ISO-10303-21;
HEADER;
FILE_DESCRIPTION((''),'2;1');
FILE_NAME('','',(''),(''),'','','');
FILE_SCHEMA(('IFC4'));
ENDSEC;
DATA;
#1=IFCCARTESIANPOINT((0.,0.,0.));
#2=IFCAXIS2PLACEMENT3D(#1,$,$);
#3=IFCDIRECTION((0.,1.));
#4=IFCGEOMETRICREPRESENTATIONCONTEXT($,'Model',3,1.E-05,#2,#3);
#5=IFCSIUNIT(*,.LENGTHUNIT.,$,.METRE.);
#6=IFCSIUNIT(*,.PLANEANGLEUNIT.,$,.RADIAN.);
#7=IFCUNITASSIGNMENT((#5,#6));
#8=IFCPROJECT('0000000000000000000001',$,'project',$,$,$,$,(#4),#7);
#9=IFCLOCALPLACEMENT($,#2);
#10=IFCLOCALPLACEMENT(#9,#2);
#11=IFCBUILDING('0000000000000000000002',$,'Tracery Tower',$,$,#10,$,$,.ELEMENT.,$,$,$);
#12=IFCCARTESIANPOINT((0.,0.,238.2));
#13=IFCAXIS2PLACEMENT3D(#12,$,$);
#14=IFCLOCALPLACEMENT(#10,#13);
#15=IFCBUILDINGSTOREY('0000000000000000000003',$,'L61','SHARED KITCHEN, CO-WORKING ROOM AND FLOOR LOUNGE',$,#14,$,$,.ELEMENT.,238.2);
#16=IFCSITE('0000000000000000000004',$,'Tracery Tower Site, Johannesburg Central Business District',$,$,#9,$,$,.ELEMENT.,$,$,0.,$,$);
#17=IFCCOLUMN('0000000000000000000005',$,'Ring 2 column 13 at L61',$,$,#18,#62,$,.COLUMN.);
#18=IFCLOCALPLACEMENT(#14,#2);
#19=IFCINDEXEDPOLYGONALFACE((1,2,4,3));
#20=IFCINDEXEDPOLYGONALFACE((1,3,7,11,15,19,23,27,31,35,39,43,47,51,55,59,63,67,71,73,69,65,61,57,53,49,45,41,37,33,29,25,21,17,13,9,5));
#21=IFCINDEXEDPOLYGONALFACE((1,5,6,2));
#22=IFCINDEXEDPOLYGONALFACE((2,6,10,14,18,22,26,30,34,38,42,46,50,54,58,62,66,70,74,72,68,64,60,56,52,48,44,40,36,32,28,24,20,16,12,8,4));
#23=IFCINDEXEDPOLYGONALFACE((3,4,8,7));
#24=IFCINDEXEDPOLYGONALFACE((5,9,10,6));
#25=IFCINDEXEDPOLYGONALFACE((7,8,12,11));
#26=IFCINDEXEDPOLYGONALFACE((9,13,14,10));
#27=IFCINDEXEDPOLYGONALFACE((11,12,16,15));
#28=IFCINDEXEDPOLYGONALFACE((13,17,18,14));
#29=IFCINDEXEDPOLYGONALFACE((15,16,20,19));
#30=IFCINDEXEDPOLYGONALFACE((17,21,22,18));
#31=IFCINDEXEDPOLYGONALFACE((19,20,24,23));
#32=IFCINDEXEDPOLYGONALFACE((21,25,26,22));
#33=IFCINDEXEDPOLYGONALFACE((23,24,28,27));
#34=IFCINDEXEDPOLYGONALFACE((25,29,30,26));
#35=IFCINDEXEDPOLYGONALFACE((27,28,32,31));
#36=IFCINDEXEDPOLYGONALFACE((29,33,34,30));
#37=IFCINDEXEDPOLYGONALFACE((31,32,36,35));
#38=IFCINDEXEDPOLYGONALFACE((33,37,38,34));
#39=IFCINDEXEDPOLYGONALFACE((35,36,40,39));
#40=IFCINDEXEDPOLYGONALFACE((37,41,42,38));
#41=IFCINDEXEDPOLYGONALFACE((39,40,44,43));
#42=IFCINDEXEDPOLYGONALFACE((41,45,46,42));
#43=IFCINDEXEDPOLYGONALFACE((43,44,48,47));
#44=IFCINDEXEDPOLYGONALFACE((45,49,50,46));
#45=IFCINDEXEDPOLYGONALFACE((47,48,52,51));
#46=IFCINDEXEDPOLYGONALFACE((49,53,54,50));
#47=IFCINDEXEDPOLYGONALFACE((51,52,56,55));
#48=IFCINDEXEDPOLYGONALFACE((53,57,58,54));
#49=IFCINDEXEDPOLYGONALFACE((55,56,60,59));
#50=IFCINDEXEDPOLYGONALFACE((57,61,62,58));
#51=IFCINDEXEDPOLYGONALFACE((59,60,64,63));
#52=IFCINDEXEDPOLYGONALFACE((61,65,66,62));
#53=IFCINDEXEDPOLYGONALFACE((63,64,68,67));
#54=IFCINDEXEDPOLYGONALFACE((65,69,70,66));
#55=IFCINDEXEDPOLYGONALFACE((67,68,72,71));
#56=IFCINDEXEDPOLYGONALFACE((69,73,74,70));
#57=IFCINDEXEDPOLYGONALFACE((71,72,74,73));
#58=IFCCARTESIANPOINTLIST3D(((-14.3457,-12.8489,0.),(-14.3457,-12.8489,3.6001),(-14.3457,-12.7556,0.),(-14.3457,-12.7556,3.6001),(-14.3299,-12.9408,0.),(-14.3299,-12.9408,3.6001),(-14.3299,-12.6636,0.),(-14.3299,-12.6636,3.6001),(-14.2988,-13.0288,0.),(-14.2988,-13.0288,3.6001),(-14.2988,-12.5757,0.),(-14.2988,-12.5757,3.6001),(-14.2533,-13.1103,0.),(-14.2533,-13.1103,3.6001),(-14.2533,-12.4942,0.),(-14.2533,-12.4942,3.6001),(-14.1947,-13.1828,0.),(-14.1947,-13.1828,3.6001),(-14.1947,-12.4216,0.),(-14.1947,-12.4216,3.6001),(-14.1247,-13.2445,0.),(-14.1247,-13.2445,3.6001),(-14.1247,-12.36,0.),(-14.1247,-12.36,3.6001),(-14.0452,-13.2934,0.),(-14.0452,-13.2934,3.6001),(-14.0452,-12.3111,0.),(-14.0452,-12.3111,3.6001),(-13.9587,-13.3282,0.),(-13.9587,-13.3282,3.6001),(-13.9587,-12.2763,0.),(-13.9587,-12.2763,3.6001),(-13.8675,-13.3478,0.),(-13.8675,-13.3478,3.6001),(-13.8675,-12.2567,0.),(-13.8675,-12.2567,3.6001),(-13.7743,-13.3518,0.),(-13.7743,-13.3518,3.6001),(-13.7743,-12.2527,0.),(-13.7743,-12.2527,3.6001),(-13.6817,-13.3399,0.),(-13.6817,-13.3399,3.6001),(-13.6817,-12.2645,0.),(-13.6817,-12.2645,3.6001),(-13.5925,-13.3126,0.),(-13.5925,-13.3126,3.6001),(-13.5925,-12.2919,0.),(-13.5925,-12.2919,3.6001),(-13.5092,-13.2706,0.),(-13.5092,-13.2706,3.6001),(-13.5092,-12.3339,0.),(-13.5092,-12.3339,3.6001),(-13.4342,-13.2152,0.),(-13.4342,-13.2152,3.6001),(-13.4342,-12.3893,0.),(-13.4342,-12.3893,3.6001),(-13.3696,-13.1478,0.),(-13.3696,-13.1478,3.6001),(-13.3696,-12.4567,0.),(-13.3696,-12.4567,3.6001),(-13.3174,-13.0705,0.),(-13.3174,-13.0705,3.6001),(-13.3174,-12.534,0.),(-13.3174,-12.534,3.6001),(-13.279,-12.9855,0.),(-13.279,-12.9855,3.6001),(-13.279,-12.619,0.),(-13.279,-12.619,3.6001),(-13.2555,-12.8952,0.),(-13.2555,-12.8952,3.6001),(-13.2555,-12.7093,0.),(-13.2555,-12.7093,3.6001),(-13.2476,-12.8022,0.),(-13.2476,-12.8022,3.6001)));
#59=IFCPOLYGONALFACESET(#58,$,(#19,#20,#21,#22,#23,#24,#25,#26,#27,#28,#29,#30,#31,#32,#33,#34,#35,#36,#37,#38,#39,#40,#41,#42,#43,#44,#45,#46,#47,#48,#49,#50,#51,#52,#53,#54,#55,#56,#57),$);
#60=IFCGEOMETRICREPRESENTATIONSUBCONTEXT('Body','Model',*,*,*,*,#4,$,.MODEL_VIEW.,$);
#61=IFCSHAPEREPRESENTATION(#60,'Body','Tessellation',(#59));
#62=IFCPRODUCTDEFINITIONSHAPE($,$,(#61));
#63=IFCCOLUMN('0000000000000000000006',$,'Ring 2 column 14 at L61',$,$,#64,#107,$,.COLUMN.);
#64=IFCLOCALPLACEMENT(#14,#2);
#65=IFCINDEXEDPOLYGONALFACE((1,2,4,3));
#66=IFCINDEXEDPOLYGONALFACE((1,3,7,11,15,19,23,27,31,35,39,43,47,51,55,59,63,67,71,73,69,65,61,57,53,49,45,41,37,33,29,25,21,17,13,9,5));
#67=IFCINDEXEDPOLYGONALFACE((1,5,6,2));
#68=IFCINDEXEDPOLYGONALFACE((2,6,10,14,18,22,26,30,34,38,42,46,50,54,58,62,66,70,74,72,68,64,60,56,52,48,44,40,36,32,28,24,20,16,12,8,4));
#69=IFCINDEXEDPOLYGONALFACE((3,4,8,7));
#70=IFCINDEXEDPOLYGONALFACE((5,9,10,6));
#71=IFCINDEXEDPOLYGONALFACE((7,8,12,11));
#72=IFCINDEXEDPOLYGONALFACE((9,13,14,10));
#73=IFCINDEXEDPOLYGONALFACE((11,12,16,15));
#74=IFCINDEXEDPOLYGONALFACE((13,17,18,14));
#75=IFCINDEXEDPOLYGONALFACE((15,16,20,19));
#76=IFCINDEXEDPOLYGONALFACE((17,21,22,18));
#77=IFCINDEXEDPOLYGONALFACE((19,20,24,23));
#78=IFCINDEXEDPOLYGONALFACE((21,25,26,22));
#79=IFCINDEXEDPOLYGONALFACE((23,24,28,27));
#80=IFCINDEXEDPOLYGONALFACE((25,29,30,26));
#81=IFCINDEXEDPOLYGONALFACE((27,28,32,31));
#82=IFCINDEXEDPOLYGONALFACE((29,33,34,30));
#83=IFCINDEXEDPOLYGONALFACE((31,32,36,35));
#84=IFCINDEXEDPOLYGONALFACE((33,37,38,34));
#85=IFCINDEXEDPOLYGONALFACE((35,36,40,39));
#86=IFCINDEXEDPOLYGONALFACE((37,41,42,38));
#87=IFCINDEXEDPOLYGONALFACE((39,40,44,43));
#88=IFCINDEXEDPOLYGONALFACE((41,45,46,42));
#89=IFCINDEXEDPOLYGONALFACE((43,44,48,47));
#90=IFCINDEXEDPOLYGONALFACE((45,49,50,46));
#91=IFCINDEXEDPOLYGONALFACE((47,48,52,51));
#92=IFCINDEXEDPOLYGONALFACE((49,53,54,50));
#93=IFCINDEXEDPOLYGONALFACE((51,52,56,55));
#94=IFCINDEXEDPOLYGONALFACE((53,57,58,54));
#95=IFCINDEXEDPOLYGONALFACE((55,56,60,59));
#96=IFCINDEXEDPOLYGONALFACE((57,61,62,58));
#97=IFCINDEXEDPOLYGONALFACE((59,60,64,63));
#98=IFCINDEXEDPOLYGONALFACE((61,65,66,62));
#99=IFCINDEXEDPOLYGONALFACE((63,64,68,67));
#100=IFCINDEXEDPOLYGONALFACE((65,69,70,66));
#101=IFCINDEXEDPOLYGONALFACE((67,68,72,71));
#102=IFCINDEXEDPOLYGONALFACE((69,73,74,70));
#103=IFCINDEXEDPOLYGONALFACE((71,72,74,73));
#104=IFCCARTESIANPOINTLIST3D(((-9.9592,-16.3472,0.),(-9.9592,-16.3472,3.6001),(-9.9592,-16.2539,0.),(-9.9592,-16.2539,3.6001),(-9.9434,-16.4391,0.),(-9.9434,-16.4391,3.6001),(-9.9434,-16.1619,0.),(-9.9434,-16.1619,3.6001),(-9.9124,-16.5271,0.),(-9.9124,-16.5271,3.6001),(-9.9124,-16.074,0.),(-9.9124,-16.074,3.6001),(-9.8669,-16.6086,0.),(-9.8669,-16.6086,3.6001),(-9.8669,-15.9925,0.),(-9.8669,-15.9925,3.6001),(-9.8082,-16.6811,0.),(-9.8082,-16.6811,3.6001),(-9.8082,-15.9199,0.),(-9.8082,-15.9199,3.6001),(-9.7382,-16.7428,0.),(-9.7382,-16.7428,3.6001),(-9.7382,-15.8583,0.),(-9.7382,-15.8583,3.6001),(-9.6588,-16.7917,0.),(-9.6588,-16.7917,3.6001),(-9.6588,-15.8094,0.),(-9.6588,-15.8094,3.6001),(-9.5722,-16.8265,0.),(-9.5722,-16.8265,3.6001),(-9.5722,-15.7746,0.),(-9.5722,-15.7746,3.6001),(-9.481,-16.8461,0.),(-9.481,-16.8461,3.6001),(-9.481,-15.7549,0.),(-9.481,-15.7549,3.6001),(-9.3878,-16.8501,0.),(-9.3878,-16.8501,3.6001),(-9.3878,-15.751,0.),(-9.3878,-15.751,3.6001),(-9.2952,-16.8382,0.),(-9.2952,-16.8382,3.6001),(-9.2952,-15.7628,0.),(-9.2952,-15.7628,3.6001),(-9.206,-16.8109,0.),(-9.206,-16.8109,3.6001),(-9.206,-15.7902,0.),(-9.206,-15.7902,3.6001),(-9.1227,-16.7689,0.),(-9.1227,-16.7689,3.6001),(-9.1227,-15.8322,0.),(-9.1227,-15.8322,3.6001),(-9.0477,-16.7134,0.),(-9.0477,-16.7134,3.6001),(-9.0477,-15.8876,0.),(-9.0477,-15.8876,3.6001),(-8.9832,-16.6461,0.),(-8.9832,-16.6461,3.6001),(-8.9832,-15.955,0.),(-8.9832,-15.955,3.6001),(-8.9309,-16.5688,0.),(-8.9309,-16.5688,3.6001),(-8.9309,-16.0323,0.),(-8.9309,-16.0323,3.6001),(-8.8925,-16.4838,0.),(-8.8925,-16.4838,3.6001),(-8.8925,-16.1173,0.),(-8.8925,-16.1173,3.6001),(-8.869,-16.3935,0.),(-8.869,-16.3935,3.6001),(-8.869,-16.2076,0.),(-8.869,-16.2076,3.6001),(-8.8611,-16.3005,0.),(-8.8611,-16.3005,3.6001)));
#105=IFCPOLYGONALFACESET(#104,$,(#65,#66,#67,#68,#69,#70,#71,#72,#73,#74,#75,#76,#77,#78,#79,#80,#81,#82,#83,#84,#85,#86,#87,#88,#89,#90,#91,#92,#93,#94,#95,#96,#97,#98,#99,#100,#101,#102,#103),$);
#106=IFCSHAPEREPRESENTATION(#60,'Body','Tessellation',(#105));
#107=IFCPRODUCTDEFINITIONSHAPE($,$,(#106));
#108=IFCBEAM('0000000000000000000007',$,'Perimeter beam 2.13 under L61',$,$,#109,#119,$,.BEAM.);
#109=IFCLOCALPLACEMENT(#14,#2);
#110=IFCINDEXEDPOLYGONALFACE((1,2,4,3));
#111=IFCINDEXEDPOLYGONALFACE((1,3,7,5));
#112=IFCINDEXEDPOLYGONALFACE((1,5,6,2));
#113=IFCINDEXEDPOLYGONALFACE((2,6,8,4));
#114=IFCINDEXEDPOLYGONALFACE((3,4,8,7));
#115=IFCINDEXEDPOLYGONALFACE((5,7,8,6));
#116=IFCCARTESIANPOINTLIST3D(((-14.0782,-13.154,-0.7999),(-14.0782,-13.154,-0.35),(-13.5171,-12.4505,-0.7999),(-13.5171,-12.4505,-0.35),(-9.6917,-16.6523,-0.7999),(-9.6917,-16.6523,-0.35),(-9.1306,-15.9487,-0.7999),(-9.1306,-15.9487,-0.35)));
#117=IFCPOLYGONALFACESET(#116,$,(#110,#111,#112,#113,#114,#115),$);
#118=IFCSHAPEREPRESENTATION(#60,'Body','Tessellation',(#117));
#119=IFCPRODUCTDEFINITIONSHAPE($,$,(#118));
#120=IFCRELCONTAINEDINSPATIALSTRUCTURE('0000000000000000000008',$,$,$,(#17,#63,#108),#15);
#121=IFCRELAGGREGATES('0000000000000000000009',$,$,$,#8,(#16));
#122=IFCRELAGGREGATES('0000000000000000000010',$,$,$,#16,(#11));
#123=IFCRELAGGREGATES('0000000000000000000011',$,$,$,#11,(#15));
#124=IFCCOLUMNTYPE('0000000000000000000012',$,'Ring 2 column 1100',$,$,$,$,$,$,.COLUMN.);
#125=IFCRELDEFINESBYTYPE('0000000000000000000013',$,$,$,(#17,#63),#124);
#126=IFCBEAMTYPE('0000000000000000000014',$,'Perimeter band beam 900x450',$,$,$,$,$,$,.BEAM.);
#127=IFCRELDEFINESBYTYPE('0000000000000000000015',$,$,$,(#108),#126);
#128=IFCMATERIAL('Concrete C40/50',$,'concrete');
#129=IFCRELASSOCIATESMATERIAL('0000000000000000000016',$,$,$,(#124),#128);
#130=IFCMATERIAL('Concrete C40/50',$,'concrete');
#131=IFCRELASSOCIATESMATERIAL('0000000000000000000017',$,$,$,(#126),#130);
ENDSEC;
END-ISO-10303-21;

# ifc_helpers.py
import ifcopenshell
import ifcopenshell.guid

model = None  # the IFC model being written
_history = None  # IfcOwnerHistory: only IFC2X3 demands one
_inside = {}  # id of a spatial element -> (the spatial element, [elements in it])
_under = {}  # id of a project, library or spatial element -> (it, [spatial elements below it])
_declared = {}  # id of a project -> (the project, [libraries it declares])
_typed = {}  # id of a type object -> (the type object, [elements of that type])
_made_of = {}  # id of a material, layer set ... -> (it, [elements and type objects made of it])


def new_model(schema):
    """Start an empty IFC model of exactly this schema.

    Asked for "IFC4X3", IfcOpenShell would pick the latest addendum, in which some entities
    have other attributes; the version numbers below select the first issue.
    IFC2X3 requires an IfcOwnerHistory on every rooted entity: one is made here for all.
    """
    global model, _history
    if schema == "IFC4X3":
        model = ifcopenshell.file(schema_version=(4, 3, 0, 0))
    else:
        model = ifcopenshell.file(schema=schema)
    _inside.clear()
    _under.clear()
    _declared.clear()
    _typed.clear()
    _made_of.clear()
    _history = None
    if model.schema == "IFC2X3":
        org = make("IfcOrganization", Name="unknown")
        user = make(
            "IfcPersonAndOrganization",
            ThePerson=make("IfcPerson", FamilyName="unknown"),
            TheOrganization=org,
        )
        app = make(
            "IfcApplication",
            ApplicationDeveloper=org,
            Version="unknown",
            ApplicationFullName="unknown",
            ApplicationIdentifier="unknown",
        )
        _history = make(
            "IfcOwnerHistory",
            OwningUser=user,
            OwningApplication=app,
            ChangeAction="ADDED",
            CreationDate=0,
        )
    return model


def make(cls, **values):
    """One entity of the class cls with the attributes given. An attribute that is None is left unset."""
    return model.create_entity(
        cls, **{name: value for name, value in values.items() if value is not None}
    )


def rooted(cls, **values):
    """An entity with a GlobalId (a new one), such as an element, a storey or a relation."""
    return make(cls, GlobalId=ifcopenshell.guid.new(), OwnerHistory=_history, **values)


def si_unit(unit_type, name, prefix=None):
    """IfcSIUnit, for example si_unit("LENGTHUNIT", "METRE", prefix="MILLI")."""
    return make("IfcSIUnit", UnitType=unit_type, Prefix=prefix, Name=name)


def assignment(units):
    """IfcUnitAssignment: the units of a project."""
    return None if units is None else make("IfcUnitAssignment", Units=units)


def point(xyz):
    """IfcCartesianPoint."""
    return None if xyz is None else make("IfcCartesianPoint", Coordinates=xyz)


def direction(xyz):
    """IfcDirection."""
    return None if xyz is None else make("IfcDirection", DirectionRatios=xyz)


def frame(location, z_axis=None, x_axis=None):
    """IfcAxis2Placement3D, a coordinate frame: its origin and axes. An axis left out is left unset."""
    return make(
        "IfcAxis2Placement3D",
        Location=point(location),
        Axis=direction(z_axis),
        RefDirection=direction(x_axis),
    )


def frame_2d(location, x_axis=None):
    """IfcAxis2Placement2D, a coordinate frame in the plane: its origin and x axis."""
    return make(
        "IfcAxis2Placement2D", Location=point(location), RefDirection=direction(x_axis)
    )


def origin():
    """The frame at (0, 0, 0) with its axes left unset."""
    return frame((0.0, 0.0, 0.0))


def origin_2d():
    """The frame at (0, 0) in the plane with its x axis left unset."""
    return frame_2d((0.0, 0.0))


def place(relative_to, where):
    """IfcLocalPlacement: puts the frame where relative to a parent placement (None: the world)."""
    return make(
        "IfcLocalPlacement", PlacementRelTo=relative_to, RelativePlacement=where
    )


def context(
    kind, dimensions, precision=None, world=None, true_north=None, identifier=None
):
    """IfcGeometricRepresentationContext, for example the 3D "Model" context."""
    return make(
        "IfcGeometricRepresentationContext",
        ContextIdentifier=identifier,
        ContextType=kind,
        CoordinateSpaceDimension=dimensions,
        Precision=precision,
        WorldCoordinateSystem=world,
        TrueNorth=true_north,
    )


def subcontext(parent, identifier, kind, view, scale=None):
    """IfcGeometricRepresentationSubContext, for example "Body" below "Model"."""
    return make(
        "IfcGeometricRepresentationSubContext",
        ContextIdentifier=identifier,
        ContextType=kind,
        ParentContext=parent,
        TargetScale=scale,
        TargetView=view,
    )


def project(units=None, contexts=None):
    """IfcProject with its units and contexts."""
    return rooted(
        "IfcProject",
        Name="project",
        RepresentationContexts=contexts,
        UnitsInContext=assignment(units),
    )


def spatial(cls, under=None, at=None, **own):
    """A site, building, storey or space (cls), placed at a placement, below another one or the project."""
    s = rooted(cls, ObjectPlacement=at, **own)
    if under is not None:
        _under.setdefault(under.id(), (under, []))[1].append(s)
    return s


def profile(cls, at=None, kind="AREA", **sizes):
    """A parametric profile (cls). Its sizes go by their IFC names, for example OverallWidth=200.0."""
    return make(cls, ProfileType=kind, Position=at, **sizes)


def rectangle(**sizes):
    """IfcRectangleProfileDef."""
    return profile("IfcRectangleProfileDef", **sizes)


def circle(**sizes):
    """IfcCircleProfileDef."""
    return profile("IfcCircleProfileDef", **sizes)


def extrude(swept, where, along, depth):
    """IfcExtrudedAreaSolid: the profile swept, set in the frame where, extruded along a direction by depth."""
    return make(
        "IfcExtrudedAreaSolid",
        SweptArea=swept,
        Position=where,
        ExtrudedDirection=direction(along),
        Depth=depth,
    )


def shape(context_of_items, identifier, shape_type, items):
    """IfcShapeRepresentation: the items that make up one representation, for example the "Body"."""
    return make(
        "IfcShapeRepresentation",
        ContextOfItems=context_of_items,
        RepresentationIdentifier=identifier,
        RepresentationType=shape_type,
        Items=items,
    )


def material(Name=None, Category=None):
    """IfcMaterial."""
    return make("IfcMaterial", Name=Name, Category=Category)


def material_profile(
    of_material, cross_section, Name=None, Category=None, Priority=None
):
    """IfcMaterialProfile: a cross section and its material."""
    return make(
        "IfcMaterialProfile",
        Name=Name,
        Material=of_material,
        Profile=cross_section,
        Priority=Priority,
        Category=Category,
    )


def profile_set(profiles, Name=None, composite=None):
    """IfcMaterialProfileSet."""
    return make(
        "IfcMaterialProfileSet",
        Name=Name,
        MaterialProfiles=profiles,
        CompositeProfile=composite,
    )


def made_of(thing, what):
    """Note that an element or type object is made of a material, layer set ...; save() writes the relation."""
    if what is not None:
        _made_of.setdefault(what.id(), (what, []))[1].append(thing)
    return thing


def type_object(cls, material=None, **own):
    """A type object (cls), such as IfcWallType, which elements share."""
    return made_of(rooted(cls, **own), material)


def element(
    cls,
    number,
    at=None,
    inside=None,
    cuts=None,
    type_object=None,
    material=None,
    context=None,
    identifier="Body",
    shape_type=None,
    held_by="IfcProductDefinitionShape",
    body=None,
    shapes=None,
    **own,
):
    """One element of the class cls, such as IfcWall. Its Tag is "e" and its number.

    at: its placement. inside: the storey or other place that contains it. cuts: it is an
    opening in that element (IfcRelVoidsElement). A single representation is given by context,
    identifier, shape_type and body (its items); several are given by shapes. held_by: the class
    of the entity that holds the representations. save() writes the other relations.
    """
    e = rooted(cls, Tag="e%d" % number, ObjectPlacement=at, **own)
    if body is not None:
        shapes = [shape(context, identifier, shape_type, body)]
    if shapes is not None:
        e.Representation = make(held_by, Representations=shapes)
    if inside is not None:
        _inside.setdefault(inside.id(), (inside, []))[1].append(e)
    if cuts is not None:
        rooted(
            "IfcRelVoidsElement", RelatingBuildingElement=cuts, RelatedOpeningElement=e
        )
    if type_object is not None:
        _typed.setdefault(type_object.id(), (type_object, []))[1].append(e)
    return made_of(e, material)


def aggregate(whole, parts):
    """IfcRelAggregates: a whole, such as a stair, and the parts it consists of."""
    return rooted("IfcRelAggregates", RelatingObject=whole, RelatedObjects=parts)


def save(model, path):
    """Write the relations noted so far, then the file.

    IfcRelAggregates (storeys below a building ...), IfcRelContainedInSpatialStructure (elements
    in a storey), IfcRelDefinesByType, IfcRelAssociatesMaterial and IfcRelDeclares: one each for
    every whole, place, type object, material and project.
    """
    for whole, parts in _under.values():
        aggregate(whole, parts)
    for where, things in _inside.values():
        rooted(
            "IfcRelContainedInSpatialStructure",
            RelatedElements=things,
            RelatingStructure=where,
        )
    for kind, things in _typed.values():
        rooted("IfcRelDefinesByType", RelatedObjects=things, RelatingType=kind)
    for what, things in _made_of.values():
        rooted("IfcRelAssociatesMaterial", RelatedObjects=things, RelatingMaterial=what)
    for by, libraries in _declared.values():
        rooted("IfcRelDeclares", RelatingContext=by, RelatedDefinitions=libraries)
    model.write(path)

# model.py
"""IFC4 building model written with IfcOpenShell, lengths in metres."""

from ifc_helpers import new_model, si_unit, direction, frame, origin, origin_2d, place, context, subcontext, project, spatial, rectangle, circle, extrude, material, material_profile, profile_set, type_object, element, save


model = new_model("IFC4")

# Units and contexts
model_context = context("Model", 3, precision=1e-05, world=origin(), true_north=direction((0.0, 1.0)))
body_context = subcontext(model_context, "Body", "Model", "MODEL_VIEW")
ifc_project = project(units=[si_unit("LENGTHUNIT", "METRE"), si_unit("PLANEANGLEUNIT", "RADIAN")], contexts=[model_context])

# Site, building, storey
site_placement = place(None, origin())
site = spatial("IfcSite", under=ifc_project, at=site_placement, Name="Tracery Tower Site, Johannesburg Central Business District", CompositionType="ELEMENT", RefElevation=0.0)
building_placement = place(site_placement, origin())
building = spatial("IfcBuilding", under=site, at=building_placement, Name="Tracery Tower", CompositionType="ELEMENT")
storey_placement = place(building_placement, frame((0.0, 0.0, 238.2)))
storey = spatial("IfcBuildingStorey", under=building, at=storey_placement, Name="L61", Description="SHARED KITCHEN, CO-WORKING ROOM AND FLOOR LOUNGE", CompositionType="ELEMENT", Elevation=238.2)

# Columns
ifc_material_1 = material(Name="Concrete C40/50", Category="concrete")
ifc_material_profile_1 = material_profile(ifc_material_1, circle(Radius=0.55, at=origin_2d()), Name="RC D1100")
ifc_profile_set_1 = profile_set([ifc_material_profile_1], Name="Concrete C40/50")
column_type = type_object("IfcColumnType", Name="Ring 2 column 1100", PredefinedType="COLUMN", material=ifc_profile_set_1)
for number, where, z_axis, x_axis, name in (
    (1, (-13.7976, -12.8022, 0.0), (0.0, 0.0, 1.0), (1.0, 0.0, 0.0), "Ring 2 column 13 at L61"),
    (2, (-9.4111, -16.3005, 0.0), (0.0, 0.0, 1.0), (1.0, 0.0, 0.0), "Ring 2 column 14 at L61"),
):
    element("IfcColumn", number, at=place(storey_placement, frame(where, z_axis=z_axis, x_axis=x_axis)), inside=storey, type_object=column_type, Name=name, PredefinedType="COLUMN", context=body_context, shape_type="SweptSolid", body=[
        extrude(circle(Radius=0.55, at=origin_2d()), origin(), (0.0, 0.0, 1.0), 3.6001),
    ])

# Beam
ifc_material_2 = material(Name="Concrete C40/50", Category="concrete")
ifc_material_profile_2 = material_profile(ifc_material_2, rectangle(XDim=0.8999, YDim=0.45, at=origin_2d()), Name="RC 900x450")
ifc_profile_set_2 = profile_set([ifc_material_profile_2], Name="Concrete C40/50")
beam_type = type_object("IfcBeamType", Name="Perimeter band beam 900x450", PredefinedType="BEAM", material=ifc_profile_set_2)
beam_placement = place(storey_placement, frame((-13.7976, -12.8022, -0.575), z_axis=(0.781815, -0.623511, 0.0), x_axis=(0.623511, 0.781815, 0.0)))
element("IfcBeam", 3, at=beam_placement, inside=storey, type_object=beam_type, Name="Perimeter beam 2.13 under L61", PredefinedType="BEAM", context=body_context, shape_type="SweptSolid", body=[
    extrude(rectangle(XDim=0.8999, YDim=0.45, at=origin_2d()), origin(), (0.0, 0.0, 1.0), 5.6106),
])

save(model, "model.ifc")
